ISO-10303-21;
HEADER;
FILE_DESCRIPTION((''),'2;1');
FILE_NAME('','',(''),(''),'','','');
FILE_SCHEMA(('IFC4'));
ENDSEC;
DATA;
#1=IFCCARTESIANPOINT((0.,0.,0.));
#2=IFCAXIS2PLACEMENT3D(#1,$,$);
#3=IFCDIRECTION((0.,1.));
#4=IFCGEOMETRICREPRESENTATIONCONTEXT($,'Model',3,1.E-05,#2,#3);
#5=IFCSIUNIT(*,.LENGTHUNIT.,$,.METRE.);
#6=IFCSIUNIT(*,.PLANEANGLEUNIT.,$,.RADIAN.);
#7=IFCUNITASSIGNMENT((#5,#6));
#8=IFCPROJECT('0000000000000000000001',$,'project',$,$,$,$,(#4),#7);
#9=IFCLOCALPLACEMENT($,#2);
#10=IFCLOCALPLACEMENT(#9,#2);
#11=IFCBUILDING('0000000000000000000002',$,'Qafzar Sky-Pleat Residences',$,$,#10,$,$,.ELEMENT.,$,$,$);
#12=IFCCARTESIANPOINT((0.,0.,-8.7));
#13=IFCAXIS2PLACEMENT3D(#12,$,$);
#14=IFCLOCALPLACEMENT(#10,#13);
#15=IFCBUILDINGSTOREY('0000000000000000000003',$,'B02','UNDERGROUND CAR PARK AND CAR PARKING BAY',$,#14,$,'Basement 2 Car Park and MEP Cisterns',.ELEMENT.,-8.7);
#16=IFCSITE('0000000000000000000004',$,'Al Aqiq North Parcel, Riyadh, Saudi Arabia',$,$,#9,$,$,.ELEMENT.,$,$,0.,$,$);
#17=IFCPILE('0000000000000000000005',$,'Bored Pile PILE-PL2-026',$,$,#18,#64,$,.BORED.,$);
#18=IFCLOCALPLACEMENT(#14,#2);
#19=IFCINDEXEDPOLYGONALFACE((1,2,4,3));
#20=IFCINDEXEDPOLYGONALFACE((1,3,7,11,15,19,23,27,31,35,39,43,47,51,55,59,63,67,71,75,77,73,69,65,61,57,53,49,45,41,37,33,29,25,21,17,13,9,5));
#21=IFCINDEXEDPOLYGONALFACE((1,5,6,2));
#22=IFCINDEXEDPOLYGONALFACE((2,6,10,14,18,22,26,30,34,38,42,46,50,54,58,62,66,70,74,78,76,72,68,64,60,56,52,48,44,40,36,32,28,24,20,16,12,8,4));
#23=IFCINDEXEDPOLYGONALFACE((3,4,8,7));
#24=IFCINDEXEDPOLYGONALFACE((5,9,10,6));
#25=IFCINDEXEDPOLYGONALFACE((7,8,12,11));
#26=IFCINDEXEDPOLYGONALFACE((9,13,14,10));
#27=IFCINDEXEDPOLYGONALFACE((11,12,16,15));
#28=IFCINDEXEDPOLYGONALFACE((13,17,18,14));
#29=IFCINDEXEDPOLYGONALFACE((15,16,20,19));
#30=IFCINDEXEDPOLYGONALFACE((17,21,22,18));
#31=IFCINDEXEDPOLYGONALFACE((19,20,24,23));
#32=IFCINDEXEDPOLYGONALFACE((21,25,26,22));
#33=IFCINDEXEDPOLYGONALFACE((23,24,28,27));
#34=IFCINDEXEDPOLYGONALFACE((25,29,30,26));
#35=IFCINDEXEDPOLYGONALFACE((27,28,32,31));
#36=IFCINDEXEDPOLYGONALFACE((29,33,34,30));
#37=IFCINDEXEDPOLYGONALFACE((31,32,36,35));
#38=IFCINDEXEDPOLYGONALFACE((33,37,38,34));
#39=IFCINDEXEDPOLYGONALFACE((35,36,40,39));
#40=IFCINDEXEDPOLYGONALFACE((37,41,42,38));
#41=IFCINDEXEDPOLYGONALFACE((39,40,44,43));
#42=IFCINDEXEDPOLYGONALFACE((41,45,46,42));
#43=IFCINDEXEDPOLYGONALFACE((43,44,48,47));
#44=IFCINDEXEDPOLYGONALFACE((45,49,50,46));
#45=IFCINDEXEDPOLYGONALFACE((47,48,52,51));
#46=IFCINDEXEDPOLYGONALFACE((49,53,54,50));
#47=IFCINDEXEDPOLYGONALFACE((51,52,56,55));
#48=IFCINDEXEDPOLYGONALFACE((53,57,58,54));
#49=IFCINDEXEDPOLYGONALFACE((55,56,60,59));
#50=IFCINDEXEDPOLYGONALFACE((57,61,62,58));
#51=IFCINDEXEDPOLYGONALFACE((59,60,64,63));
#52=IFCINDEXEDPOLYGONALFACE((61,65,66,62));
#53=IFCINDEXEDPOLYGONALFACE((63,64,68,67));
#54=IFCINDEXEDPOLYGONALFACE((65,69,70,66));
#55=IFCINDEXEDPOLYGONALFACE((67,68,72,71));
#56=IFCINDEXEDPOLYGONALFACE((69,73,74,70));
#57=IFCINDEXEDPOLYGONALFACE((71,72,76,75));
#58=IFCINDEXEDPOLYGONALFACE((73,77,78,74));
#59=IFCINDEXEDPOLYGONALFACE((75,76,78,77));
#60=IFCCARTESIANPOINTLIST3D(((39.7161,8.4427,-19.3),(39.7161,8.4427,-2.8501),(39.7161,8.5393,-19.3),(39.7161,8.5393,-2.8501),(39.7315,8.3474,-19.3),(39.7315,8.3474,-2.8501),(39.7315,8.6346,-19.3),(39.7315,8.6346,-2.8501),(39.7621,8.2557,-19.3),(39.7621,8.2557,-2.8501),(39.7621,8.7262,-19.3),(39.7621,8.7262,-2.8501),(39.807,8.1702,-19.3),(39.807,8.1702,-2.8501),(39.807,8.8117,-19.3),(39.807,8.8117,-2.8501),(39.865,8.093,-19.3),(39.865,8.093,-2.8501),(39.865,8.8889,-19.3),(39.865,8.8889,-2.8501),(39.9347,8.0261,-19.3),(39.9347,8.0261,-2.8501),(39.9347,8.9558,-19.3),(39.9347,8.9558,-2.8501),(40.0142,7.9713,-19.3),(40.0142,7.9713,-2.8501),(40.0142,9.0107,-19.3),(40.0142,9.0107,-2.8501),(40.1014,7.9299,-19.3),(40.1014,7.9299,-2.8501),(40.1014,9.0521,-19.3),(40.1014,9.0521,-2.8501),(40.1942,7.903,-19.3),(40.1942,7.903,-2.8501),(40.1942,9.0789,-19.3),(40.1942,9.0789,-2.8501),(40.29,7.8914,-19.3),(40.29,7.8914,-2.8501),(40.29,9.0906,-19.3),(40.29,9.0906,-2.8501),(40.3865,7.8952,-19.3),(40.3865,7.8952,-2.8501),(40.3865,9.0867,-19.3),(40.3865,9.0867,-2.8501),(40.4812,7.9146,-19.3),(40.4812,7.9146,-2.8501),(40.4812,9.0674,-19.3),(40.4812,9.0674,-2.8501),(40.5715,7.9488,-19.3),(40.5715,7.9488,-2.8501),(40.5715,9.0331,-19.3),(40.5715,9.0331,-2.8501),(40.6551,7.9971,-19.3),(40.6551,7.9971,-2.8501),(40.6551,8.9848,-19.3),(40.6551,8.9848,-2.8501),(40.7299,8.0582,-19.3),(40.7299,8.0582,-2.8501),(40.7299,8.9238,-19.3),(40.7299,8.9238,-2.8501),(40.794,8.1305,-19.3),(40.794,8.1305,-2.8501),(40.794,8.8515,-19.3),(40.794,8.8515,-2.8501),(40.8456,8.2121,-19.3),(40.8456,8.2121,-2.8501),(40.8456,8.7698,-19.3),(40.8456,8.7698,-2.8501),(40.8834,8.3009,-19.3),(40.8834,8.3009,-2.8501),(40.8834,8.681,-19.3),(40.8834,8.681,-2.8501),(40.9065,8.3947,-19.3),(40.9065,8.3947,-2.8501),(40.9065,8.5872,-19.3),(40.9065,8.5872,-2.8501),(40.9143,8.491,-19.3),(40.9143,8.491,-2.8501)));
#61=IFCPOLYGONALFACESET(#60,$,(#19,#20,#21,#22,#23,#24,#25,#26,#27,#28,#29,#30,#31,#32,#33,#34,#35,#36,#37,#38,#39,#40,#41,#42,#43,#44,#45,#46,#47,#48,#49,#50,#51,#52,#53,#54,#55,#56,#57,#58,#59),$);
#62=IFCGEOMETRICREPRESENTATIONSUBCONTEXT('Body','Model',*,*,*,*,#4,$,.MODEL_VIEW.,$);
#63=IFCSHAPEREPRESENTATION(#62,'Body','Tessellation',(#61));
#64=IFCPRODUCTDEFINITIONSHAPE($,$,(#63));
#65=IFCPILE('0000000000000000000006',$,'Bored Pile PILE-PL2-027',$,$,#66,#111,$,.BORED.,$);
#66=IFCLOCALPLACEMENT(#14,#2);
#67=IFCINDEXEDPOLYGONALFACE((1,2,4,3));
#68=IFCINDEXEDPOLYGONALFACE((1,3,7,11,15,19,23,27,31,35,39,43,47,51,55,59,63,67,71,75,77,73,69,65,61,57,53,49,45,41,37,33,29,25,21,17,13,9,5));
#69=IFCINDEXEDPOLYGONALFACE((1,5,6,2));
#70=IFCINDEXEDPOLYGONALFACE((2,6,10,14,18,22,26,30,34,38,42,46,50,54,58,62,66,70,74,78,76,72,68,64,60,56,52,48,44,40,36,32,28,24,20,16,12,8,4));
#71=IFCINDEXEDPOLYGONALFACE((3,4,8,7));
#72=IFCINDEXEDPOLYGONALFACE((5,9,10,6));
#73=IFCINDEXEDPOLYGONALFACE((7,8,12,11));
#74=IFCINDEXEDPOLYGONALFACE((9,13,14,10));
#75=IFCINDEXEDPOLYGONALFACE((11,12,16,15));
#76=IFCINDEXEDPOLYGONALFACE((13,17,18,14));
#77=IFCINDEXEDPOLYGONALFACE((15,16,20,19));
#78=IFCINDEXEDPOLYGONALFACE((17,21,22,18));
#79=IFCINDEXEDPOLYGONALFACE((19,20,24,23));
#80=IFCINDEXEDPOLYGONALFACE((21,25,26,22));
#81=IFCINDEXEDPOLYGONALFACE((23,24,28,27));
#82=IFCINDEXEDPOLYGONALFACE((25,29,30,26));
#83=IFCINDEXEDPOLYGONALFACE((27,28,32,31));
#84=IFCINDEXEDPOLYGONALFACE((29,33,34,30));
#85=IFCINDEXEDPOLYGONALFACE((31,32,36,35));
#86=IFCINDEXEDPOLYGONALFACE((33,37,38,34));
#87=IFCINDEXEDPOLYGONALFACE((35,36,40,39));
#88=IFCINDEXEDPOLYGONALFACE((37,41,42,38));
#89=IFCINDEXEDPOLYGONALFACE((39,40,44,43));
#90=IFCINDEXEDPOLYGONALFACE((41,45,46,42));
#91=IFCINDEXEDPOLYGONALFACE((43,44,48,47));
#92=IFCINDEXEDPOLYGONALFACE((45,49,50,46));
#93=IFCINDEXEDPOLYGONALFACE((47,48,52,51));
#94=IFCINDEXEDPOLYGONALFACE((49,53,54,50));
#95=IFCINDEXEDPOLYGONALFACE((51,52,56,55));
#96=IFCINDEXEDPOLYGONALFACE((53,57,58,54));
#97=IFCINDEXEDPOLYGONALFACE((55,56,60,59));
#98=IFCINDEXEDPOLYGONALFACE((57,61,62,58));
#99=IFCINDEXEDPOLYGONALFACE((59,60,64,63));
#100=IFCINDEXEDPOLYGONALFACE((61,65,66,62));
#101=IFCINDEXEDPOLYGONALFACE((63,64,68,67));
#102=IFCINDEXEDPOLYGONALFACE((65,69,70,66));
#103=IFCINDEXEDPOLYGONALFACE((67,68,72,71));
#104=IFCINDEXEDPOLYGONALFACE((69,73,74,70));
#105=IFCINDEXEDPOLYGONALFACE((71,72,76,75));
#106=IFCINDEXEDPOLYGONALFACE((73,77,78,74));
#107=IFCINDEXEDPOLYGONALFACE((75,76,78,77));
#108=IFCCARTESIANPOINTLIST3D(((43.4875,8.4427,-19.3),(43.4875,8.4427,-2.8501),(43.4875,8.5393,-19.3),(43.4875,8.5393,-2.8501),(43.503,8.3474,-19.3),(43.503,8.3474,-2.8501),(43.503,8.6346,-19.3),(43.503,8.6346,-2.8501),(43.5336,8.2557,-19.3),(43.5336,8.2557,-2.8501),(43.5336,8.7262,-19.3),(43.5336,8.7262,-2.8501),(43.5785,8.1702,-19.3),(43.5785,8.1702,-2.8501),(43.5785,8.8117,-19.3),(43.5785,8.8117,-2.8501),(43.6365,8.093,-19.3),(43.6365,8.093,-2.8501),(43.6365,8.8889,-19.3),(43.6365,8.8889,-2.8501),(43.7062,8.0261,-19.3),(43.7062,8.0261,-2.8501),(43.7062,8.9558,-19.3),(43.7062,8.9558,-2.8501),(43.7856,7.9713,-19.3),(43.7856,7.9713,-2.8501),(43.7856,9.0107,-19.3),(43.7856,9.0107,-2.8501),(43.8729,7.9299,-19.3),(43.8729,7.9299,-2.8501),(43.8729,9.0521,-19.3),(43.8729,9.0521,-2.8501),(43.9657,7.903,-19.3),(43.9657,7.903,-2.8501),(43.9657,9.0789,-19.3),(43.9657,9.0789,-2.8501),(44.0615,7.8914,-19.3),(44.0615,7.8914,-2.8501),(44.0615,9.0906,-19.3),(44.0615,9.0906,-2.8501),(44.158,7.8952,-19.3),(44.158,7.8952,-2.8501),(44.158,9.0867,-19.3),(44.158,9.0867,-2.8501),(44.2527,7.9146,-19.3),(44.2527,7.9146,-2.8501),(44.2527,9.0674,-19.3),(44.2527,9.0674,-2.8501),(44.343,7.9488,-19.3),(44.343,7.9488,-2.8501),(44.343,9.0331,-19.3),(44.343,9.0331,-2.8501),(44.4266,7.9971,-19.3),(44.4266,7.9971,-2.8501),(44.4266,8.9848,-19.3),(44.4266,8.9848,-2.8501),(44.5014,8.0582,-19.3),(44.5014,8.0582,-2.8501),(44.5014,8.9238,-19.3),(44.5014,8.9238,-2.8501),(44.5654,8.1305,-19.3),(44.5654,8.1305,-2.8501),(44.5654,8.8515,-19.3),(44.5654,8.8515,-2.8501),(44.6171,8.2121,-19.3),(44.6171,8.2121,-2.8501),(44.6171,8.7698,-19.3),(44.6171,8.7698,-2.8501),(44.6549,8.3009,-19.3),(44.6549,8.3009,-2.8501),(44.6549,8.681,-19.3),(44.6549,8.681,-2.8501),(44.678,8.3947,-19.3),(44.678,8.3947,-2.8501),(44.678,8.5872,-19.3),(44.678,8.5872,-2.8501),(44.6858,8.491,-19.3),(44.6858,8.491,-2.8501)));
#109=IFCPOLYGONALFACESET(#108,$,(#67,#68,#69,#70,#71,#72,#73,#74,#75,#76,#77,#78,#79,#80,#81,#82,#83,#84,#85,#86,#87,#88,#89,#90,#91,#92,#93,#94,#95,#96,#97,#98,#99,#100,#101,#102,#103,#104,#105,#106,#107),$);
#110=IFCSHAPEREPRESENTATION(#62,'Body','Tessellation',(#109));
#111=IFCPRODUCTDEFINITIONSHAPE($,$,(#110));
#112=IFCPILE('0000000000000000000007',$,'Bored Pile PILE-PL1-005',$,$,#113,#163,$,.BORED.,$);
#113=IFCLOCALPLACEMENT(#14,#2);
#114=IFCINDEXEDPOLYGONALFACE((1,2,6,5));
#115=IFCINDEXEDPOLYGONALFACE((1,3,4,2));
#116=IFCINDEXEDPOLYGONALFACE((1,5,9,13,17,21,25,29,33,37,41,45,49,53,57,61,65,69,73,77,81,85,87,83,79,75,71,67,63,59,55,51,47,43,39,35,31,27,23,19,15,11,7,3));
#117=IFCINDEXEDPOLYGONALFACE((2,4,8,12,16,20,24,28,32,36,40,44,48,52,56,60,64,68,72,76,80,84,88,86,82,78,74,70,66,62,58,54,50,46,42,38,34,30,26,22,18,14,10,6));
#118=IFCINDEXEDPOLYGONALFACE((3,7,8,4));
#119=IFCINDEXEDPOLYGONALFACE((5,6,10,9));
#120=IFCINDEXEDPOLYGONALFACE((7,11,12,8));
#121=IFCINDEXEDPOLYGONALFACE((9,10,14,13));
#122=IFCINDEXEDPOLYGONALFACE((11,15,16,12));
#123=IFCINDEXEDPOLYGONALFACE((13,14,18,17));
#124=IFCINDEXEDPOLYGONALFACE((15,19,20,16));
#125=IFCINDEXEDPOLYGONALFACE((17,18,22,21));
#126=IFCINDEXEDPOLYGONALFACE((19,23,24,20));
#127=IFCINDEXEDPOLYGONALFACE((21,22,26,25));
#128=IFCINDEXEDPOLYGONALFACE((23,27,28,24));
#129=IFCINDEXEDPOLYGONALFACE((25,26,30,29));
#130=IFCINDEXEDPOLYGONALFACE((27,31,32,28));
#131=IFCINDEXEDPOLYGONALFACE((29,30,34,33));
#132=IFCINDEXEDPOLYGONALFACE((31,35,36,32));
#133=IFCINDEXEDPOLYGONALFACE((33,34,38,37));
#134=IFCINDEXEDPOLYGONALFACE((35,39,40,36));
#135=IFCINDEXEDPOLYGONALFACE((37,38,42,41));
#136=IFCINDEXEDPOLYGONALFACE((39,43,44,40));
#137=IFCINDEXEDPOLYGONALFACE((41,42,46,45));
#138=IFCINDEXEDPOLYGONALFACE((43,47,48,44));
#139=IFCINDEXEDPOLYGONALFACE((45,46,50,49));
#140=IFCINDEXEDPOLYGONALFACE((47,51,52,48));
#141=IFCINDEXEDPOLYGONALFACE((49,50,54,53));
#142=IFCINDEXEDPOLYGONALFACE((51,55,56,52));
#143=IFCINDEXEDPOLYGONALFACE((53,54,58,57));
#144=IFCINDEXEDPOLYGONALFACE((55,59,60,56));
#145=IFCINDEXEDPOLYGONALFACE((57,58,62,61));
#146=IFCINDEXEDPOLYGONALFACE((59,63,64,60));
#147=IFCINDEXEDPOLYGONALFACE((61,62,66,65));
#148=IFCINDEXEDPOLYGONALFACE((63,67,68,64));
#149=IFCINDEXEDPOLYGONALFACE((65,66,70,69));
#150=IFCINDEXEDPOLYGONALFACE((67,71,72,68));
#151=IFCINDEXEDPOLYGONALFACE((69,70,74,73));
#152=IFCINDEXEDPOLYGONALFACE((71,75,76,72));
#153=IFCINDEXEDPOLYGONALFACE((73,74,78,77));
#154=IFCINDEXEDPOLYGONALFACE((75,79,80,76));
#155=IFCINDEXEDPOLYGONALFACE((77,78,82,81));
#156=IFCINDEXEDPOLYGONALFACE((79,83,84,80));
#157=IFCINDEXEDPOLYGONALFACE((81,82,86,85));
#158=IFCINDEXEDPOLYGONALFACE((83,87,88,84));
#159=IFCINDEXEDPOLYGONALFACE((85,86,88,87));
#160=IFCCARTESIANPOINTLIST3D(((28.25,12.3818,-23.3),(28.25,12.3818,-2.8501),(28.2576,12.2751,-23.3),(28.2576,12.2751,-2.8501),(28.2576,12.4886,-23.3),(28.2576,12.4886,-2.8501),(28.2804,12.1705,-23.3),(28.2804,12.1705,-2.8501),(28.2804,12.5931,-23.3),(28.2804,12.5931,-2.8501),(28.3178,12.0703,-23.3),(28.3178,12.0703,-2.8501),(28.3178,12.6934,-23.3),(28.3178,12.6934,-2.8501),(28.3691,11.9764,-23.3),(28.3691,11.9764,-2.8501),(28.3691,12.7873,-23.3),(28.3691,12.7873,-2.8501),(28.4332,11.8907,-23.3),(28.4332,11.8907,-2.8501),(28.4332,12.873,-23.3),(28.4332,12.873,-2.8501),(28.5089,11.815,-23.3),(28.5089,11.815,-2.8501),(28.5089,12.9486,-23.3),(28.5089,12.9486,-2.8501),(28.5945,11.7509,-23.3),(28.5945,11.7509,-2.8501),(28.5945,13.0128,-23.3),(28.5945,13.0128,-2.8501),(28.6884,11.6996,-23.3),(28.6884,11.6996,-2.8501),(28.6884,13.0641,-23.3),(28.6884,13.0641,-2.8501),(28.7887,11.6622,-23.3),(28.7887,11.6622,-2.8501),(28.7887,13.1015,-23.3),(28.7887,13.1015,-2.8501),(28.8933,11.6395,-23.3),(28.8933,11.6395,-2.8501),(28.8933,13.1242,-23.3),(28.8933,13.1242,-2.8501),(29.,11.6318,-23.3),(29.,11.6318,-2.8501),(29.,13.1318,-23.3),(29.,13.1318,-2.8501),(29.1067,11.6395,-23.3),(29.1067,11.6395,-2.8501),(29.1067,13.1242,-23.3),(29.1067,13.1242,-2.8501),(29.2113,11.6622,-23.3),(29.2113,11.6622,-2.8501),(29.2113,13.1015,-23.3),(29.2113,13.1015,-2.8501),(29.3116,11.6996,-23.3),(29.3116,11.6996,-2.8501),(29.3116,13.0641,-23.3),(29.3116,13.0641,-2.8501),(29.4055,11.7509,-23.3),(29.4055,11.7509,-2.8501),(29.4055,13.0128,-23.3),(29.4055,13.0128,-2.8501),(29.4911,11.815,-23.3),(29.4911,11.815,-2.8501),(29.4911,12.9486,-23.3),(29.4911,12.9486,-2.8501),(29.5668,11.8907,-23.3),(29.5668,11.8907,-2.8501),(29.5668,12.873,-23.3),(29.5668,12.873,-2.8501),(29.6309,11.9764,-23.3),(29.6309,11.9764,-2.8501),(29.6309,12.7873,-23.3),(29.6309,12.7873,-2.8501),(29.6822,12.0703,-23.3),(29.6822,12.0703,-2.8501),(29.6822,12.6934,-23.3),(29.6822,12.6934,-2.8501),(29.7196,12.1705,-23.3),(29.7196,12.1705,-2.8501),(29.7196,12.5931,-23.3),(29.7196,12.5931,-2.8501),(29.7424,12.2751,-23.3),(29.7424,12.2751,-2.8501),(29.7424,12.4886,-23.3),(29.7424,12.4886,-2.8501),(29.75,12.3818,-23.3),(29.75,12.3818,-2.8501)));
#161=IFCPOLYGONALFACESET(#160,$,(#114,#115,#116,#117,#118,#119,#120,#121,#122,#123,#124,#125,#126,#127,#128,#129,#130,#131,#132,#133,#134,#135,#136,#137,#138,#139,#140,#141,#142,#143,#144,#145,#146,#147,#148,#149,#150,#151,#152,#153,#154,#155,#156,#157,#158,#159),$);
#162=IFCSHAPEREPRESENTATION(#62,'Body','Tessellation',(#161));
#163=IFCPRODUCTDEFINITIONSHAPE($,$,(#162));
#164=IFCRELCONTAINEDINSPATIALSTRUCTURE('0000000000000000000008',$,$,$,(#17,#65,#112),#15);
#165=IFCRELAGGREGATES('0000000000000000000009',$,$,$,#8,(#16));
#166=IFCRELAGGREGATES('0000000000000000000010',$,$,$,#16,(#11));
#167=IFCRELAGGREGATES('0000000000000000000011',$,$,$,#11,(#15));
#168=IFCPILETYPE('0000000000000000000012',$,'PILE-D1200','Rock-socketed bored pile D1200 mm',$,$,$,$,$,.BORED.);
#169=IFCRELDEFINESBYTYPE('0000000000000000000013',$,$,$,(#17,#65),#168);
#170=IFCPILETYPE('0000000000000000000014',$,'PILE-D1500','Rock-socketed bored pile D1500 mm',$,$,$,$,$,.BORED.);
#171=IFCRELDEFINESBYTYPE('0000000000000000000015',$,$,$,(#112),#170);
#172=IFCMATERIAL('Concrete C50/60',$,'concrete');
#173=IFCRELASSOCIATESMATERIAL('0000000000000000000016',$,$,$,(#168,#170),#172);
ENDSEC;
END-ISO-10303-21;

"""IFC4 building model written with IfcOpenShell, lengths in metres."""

from ifc_helpers import new_model, si_unit, direction, frame, origin, origin_2d, place, context, subcontext, project, spatial, circle, extrude, source, transform, mapped, material, material_profile, profile_set, type_object, element, save


model = new_model("IFC4")

# Units and contexts
model_context = context("Model", 3, precision=1e-05, world=origin(), true_north=direction((0.0, 1.0)))
body_context = subcontext(model_context, "Body", "Model", "MODEL_VIEW")
ifc_project = project(units=[si_unit("LENGTHUNIT", "METRE"), si_unit("PLANEANGLEUNIT", "RADIAN")], contexts=[model_context])

# Site, building, storey
site_placement = place(None, origin())
site = spatial("IfcSite", under=ifc_project, at=site_placement, Name="Al Aqiq North Parcel, Riyadh, Saudi Arabia", CompositionType="ELEMENT", RefElevation=0.0)
building_placement = place(site_placement, origin())
building = spatial("IfcBuilding", under=site, at=building_placement, Name="Qafzar Sky-Pleat Residences", CompositionType="ELEMENT")
storey_placement = place(building_placement, frame((0.0, 0.0, -8.7)))
storey = spatial("IfcBuildingStorey", under=building, at=storey_placement, Name="B02", Description="UNDERGROUND CAR PARK AND CAR PARKING BAY", LongName="Basement 2 Car Park and MEP Cisterns", CompositionType="ELEMENT", Elevation=-8.7)

# Piles
ifc_material_1 = material(Name="Concrete C50/60", Category="concrete")
ifc_material_profile_1 = material_profile(ifc_material_1, circle(Radius=0.6001, at=origin_2d()), Name="PILE D1200")
ifc_profile_set_1 = profile_set([ifc_material_profile_1], Name="Concrete C50/60")
pile_type_1 = type_object("IfcPileType", Name="PILE-D1200", Description="Rock-socketed bored pile D1200 mm", PredefinedType="BORED", material=ifc_profile_set_1)
shared_shape_1 = source(origin(), body_context, "Body", "SweptSolid", [
    extrude(circle(Radius=0.6001, at=origin_2d()), origin(), (0.0, 0.0, 1.0), 16.45),
])
for number, where, z_axis, x_axis, name in (
    (1, (40.3142, 8.491, -2.8501), (0.0, 0.0, -1.0), (1.0, 0.0, 0.0), "Bored Pile PILE-PL2-026"),
    (2, (44.0857, 8.491, -2.8501), (0.0, 0.0, -1.0), (1.0, 0.0, 0.0), "Bored Pile PILE-PL2-027"),
):
    element("IfcPile", number, at=place(storey_placement, frame(where, z_axis=z_axis, x_axis=x_axis)), inside=storey, type_object=pile_type_1, Name=name, PredefinedType="BORED", context=body_context, shape_type="MappedRepresentation", body=[
        mapped(shared_shape_1, transform((0.0, 0.0, 0.0), x_axis=(1.0, 0.0, 0.0), y_axis=(0.0, 1.0, 0.0), z_axis=(0.0, 0.0, 1.0), scale=1.0)),
    ])
ifc_material_profile_2 = material_profile(ifc_material_1, circle(Radius=0.75, at=origin_2d()), Name="PILE D1500")
ifc_profile_set_2 = profile_set([ifc_material_profile_2], Name="Concrete C50/60")
pile_type_2 = type_object("IfcPileType", Name="PILE-D1500", Description="Rock-socketed bored pile D1500 mm", PredefinedType="BORED", material=ifc_profile_set_2)
shared_shape_2 = source(origin(), body_context, "Body", "SweptSolid", [
    extrude(circle(Radius=0.75, at=origin_2d()), origin(), (0.0, 0.0, 1.0), 20.45),
])
for number, where, z_axis, x_axis, name in (
    (3, (29.0, 12.3818, -2.8501), (0.0, 0.0, -1.0), (1.0, 0.0, 0.0), "Bored Pile PILE-PL1-005"),
):
    element("IfcPile", number, at=place(storey_placement, frame(where, z_axis=z_axis, x_axis=x_axis)), inside=storey, type_object=pile_type_2, Name=name, PredefinedType="BORED", context=body_context, shape_type="MappedRepresentation", body=[
        mapped(shared_shape_2, transform((0.0, 0.0, 0.0), x_axis=(1.0, 0.0, 0.0), y_axis=(0.0, 1.0, 0.0), z_axis=(0.0, 0.0, 1.0), scale=1.0)),
    ])

save(model, "model.ifc")
